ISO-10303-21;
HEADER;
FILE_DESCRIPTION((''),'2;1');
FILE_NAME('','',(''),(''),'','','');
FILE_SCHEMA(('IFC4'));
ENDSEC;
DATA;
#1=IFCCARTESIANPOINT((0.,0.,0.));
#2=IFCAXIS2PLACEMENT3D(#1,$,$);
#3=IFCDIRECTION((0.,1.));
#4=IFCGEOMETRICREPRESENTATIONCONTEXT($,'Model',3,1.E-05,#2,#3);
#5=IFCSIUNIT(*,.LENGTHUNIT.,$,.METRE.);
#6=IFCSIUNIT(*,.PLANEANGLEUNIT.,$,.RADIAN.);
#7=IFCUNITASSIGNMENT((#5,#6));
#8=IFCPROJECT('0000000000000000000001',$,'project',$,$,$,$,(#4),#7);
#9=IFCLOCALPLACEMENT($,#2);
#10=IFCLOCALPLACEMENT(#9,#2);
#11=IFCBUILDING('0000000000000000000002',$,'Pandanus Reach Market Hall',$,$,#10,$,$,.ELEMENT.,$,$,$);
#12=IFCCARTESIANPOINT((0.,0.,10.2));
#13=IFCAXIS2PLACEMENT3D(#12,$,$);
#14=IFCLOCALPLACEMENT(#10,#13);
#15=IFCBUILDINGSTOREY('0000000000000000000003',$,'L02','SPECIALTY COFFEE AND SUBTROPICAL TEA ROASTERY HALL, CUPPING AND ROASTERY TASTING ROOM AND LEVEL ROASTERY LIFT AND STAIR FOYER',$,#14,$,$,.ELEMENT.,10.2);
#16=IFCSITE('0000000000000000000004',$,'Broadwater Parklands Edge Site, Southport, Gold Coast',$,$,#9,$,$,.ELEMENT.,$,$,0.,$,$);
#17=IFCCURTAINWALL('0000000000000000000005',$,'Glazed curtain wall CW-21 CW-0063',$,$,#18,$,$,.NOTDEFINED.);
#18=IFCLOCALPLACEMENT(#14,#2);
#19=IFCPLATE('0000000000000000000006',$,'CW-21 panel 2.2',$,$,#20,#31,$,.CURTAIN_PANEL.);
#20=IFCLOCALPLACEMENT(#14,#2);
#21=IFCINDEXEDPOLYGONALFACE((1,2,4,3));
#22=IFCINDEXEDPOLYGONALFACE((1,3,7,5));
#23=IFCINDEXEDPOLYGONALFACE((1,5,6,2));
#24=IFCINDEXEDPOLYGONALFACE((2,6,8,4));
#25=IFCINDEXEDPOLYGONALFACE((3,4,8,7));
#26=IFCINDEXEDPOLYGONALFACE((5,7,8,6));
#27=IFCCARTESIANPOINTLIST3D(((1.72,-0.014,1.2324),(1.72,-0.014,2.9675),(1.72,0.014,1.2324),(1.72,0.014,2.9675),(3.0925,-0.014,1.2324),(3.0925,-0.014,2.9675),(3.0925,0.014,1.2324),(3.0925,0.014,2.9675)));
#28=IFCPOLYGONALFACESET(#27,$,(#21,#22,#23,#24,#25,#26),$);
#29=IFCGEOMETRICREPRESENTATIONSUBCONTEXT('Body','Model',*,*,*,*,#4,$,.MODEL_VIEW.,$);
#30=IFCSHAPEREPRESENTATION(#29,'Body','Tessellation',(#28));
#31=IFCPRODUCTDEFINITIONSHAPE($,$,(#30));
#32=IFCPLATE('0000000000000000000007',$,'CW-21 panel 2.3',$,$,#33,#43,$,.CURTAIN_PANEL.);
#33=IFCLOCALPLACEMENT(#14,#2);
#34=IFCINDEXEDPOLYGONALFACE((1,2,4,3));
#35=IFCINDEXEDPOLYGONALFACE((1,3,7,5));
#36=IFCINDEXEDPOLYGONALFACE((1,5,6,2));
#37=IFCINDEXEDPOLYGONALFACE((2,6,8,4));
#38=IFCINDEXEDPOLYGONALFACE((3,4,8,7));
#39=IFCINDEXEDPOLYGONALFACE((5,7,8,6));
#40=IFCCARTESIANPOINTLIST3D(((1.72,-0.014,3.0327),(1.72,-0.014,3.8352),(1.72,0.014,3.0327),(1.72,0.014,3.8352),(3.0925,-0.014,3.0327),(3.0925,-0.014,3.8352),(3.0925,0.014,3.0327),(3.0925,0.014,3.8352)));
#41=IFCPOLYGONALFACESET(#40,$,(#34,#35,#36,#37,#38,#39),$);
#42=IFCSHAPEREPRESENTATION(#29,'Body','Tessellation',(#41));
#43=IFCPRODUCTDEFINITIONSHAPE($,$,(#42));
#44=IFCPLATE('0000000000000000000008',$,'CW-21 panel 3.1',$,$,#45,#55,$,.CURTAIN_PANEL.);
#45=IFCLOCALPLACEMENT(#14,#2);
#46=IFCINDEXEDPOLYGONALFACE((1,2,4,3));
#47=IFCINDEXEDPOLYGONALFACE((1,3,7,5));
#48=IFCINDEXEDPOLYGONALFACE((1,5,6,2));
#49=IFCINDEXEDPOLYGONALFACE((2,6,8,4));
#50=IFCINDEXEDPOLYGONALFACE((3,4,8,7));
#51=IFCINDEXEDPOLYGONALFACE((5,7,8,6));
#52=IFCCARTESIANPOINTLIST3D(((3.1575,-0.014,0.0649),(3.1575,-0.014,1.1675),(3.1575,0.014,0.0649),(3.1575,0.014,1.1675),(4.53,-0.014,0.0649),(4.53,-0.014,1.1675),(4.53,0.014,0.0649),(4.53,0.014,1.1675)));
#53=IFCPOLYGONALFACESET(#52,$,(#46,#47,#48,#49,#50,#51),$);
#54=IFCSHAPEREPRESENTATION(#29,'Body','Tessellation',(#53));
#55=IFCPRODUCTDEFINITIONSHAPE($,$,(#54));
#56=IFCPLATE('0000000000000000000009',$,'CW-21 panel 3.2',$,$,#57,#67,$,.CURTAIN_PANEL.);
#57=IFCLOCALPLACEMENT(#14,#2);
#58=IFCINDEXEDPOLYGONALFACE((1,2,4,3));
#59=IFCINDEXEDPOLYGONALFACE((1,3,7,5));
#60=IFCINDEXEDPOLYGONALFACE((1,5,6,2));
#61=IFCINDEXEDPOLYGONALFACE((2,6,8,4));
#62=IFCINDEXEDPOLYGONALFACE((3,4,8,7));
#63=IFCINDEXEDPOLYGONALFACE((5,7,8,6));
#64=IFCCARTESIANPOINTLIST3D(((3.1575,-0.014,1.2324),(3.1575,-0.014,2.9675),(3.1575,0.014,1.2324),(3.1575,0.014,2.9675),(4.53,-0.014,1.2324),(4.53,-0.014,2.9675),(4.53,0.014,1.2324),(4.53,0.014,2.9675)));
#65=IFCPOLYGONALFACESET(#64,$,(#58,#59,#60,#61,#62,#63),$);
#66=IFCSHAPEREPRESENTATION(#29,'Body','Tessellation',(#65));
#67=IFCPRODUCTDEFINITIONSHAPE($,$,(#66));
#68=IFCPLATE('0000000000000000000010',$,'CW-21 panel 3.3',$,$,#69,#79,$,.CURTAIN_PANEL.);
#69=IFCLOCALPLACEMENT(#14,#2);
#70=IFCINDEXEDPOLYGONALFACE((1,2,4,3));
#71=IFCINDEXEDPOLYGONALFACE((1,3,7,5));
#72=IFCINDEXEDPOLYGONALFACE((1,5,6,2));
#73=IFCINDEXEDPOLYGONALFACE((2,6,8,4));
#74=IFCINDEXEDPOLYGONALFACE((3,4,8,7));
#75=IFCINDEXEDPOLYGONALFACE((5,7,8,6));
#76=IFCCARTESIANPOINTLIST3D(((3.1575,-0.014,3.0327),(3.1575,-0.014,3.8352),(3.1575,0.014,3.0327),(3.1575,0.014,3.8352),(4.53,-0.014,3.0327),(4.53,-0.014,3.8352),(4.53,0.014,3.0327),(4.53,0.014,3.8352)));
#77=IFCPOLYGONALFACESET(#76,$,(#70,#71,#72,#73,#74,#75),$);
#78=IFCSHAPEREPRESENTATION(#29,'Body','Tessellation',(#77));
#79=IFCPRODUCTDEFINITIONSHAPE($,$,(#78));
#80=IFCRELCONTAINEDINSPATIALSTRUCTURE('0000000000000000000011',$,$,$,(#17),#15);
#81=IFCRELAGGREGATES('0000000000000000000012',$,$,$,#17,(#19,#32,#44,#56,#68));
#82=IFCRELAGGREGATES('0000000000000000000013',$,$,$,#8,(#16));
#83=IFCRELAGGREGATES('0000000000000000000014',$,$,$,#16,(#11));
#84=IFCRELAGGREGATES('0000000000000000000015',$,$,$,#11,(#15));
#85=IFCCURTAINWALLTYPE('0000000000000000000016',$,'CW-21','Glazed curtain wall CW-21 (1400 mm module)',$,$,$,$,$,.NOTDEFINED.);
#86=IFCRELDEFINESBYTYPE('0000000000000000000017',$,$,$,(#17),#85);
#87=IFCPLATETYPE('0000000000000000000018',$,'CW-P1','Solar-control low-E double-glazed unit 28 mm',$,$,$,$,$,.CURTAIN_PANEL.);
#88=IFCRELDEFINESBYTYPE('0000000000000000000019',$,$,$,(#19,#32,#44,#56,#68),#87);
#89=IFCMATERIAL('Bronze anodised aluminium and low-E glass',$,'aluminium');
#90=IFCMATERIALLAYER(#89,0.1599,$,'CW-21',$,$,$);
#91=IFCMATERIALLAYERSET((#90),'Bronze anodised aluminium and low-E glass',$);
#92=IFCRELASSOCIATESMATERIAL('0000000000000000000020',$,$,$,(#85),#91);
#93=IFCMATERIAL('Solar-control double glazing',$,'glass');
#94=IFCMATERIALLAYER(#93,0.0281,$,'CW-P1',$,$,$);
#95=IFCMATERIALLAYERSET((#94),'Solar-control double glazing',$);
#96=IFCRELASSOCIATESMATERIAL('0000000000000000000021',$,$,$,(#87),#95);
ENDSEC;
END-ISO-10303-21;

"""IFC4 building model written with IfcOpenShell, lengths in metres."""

from ifc_helpers import new_model, si_unit, direction, frame, origin, origin_2d, place, context, subcontext, project, spatial, rectangle, extrude, material, layer, layer_set, type_object, element, aggregate, save


model = new_model("IFC4")

# Units and contexts
model_context = context("Model", 3, precision=1e-05, world=origin(), true_north=direction((0.0, 1.0)))
body_context = subcontext(model_context, "Body", "Model", "MODEL_VIEW")
ifc_project = project(units=[si_unit("LENGTHUNIT", "METRE"), si_unit("PLANEANGLEUNIT", "RADIAN")], contexts=[model_context])

# Site, building, storey
site_placement = place(None, origin())
site = spatial("IfcSite", under=ifc_project, at=site_placement, Name="Broadwater Parklands Edge Site, Southport, Gold Coast", CompositionType="ELEMENT", RefElevation=0.0)
building_placement = place(site_placement, origin())
building = spatial("IfcBuilding", under=site, at=building_placement, Name="Pandanus Reach Market Hall", CompositionType="ELEMENT")
storey_placement = place(building_placement, frame((0.0, 0.0, 10.2)))
storey = spatial("IfcBuildingStorey", under=building, at=storey_placement, Name="L02", Description="SPECIALTY COFFEE AND SUBTROPICAL TEA ROASTERY HALL, CUPPING AND ROASTERY TASTING ROOM AND LEVEL ROASTERY LIFT AND STAIR FOYER", CompositionType="ELEMENT", Elevation=10.2)

# Curtain wall, plates
ifc_material_1 = material(Name="Bronze anodised aluminium and low-E glass", Category="aluminium")
ifc_layer_1 = layer(ifc_material_1, 0.1599, Name="CW-21")
ifc_layer_set_1 = layer_set([ifc_layer_1], Name="Bronze anodised aluminium and low-E glass")
curtain_wall_type = type_object("IfcCurtainWallType", Name="CW-21", Description="Glazed curtain wall CW-21 (1400 mm module)", PredefinedType="NOTDEFINED", material=ifc_layer_set_1)
curtain_wall_placement = place(storey_placement, origin())
curtain_wall = element("IfcCurtainWall", 1, at=curtain_wall_placement, inside=storey, type_object=curtain_wall_type, Name="Glazed curtain wall CW-21 CW-0063", PredefinedType="NOTDEFINED")
ifc_material_2 = material(Name="Solar-control double glazing", Category="glass")
ifc_layer_2 = layer(ifc_material_2, 0.0281, Name="CW-P1")
ifc_layer_set_2 = layer_set([ifc_layer_2], Name="Solar-control double glazing")
plate_type = type_object("IfcPlateType", Name="CW-P1", Description="Solar-control low-E double-glazed unit 28 mm", PredefinedType="CURTAIN_PANEL", material=ifc_layer_set_2)
plate_1_placement = place(storey_placement, frame((2.4062, 0.0, 1.2324), z_axis=(0.0, 0.0, 1.0), x_axis=(1.0, 0.0, 0.0)))
plate_1 = element("IfcPlate", 2, at=plate_1_placement, type_object=plate_type, Name="CW-21 panel 2.2", PredefinedType="CURTAIN_PANEL", context=body_context, shape_type="SweptSolid", body=[
    extrude(rectangle(XDim=1.3726, YDim=0.0281, at=origin_2d()), origin(), (0.0, 0.0, 1.0), 1.7351),
])
plate_2_placement = place(storey_placement, frame((2.4062, 0.0, 3.0327), z_axis=(0.0, 0.0, 1.0), x_axis=(1.0, 0.0, 0.0)))
plate_2 = element("IfcPlate", 3, at=plate_2_placement, type_object=plate_type, Name="CW-21 panel 2.3", PredefinedType="CURTAIN_PANEL", context=body_context, shape_type="SweptSolid", body=[
    extrude(rectangle(XDim=1.3726, YDim=0.0281, at=origin_2d()), origin(), (0.0, 0.0, 1.0), 0.8025),
])
plate_3_placement = place(storey_placement, frame((3.8438, 0.0, 0.0649), z_axis=(0.0, 0.0, 1.0), x_axis=(1.0, 0.0, 0.0)))
plate_3 = element("IfcPlate", 4, at=plate_3_placement, type_object=plate_type, Name="CW-21 panel 3.1", PredefinedType="CURTAIN_PANEL", context=body_context, shape_type="SweptSolid", body=[
    extrude(rectangle(XDim=1.3726, YDim=0.0281, at=origin_2d()), origin(), (0.0, 0.0, 1.0), 1.1025),
])
plate_4_placement = place(storey_placement, frame((3.8438, 0.0, 1.2324), z_axis=(0.0, 0.0, 1.0), x_axis=(1.0, 0.0, 0.0)))
plate_4 = element("IfcPlate", 5, at=plate_4_placement, type_object=plate_type, Name="CW-21 panel 3.2", PredefinedType="CURTAIN_PANEL", context=body_context, shape_type="SweptSolid", body=[
    extrude(rectangle(XDim=1.3726, YDim=0.0281, at=origin_2d()), origin(), (0.0, 0.0, 1.0), 1.7351),
])
plate_5_placement = place(storey_placement, frame((3.8438, 0.0, 3.0327), z_axis=(0.0, 0.0, 1.0), x_axis=(1.0, 0.0, 0.0)))
plate_5 = element("IfcPlate", 6, at=plate_5_placement, type_object=plate_type, Name="CW-21 panel 3.3", PredefinedType="CURTAIN_PANEL", context=body_context, shape_type="SweptSolid", body=[
    extrude(rectangle(XDim=1.3726, YDim=0.0281, at=origin_2d()), origin(), (0.0, 0.0, 1.0), 0.8025),
])
aggregate(curtain_wall, [plate_1, plate_2, plate_3, plate_4, plate_5])

save(model, "model.ifc")
